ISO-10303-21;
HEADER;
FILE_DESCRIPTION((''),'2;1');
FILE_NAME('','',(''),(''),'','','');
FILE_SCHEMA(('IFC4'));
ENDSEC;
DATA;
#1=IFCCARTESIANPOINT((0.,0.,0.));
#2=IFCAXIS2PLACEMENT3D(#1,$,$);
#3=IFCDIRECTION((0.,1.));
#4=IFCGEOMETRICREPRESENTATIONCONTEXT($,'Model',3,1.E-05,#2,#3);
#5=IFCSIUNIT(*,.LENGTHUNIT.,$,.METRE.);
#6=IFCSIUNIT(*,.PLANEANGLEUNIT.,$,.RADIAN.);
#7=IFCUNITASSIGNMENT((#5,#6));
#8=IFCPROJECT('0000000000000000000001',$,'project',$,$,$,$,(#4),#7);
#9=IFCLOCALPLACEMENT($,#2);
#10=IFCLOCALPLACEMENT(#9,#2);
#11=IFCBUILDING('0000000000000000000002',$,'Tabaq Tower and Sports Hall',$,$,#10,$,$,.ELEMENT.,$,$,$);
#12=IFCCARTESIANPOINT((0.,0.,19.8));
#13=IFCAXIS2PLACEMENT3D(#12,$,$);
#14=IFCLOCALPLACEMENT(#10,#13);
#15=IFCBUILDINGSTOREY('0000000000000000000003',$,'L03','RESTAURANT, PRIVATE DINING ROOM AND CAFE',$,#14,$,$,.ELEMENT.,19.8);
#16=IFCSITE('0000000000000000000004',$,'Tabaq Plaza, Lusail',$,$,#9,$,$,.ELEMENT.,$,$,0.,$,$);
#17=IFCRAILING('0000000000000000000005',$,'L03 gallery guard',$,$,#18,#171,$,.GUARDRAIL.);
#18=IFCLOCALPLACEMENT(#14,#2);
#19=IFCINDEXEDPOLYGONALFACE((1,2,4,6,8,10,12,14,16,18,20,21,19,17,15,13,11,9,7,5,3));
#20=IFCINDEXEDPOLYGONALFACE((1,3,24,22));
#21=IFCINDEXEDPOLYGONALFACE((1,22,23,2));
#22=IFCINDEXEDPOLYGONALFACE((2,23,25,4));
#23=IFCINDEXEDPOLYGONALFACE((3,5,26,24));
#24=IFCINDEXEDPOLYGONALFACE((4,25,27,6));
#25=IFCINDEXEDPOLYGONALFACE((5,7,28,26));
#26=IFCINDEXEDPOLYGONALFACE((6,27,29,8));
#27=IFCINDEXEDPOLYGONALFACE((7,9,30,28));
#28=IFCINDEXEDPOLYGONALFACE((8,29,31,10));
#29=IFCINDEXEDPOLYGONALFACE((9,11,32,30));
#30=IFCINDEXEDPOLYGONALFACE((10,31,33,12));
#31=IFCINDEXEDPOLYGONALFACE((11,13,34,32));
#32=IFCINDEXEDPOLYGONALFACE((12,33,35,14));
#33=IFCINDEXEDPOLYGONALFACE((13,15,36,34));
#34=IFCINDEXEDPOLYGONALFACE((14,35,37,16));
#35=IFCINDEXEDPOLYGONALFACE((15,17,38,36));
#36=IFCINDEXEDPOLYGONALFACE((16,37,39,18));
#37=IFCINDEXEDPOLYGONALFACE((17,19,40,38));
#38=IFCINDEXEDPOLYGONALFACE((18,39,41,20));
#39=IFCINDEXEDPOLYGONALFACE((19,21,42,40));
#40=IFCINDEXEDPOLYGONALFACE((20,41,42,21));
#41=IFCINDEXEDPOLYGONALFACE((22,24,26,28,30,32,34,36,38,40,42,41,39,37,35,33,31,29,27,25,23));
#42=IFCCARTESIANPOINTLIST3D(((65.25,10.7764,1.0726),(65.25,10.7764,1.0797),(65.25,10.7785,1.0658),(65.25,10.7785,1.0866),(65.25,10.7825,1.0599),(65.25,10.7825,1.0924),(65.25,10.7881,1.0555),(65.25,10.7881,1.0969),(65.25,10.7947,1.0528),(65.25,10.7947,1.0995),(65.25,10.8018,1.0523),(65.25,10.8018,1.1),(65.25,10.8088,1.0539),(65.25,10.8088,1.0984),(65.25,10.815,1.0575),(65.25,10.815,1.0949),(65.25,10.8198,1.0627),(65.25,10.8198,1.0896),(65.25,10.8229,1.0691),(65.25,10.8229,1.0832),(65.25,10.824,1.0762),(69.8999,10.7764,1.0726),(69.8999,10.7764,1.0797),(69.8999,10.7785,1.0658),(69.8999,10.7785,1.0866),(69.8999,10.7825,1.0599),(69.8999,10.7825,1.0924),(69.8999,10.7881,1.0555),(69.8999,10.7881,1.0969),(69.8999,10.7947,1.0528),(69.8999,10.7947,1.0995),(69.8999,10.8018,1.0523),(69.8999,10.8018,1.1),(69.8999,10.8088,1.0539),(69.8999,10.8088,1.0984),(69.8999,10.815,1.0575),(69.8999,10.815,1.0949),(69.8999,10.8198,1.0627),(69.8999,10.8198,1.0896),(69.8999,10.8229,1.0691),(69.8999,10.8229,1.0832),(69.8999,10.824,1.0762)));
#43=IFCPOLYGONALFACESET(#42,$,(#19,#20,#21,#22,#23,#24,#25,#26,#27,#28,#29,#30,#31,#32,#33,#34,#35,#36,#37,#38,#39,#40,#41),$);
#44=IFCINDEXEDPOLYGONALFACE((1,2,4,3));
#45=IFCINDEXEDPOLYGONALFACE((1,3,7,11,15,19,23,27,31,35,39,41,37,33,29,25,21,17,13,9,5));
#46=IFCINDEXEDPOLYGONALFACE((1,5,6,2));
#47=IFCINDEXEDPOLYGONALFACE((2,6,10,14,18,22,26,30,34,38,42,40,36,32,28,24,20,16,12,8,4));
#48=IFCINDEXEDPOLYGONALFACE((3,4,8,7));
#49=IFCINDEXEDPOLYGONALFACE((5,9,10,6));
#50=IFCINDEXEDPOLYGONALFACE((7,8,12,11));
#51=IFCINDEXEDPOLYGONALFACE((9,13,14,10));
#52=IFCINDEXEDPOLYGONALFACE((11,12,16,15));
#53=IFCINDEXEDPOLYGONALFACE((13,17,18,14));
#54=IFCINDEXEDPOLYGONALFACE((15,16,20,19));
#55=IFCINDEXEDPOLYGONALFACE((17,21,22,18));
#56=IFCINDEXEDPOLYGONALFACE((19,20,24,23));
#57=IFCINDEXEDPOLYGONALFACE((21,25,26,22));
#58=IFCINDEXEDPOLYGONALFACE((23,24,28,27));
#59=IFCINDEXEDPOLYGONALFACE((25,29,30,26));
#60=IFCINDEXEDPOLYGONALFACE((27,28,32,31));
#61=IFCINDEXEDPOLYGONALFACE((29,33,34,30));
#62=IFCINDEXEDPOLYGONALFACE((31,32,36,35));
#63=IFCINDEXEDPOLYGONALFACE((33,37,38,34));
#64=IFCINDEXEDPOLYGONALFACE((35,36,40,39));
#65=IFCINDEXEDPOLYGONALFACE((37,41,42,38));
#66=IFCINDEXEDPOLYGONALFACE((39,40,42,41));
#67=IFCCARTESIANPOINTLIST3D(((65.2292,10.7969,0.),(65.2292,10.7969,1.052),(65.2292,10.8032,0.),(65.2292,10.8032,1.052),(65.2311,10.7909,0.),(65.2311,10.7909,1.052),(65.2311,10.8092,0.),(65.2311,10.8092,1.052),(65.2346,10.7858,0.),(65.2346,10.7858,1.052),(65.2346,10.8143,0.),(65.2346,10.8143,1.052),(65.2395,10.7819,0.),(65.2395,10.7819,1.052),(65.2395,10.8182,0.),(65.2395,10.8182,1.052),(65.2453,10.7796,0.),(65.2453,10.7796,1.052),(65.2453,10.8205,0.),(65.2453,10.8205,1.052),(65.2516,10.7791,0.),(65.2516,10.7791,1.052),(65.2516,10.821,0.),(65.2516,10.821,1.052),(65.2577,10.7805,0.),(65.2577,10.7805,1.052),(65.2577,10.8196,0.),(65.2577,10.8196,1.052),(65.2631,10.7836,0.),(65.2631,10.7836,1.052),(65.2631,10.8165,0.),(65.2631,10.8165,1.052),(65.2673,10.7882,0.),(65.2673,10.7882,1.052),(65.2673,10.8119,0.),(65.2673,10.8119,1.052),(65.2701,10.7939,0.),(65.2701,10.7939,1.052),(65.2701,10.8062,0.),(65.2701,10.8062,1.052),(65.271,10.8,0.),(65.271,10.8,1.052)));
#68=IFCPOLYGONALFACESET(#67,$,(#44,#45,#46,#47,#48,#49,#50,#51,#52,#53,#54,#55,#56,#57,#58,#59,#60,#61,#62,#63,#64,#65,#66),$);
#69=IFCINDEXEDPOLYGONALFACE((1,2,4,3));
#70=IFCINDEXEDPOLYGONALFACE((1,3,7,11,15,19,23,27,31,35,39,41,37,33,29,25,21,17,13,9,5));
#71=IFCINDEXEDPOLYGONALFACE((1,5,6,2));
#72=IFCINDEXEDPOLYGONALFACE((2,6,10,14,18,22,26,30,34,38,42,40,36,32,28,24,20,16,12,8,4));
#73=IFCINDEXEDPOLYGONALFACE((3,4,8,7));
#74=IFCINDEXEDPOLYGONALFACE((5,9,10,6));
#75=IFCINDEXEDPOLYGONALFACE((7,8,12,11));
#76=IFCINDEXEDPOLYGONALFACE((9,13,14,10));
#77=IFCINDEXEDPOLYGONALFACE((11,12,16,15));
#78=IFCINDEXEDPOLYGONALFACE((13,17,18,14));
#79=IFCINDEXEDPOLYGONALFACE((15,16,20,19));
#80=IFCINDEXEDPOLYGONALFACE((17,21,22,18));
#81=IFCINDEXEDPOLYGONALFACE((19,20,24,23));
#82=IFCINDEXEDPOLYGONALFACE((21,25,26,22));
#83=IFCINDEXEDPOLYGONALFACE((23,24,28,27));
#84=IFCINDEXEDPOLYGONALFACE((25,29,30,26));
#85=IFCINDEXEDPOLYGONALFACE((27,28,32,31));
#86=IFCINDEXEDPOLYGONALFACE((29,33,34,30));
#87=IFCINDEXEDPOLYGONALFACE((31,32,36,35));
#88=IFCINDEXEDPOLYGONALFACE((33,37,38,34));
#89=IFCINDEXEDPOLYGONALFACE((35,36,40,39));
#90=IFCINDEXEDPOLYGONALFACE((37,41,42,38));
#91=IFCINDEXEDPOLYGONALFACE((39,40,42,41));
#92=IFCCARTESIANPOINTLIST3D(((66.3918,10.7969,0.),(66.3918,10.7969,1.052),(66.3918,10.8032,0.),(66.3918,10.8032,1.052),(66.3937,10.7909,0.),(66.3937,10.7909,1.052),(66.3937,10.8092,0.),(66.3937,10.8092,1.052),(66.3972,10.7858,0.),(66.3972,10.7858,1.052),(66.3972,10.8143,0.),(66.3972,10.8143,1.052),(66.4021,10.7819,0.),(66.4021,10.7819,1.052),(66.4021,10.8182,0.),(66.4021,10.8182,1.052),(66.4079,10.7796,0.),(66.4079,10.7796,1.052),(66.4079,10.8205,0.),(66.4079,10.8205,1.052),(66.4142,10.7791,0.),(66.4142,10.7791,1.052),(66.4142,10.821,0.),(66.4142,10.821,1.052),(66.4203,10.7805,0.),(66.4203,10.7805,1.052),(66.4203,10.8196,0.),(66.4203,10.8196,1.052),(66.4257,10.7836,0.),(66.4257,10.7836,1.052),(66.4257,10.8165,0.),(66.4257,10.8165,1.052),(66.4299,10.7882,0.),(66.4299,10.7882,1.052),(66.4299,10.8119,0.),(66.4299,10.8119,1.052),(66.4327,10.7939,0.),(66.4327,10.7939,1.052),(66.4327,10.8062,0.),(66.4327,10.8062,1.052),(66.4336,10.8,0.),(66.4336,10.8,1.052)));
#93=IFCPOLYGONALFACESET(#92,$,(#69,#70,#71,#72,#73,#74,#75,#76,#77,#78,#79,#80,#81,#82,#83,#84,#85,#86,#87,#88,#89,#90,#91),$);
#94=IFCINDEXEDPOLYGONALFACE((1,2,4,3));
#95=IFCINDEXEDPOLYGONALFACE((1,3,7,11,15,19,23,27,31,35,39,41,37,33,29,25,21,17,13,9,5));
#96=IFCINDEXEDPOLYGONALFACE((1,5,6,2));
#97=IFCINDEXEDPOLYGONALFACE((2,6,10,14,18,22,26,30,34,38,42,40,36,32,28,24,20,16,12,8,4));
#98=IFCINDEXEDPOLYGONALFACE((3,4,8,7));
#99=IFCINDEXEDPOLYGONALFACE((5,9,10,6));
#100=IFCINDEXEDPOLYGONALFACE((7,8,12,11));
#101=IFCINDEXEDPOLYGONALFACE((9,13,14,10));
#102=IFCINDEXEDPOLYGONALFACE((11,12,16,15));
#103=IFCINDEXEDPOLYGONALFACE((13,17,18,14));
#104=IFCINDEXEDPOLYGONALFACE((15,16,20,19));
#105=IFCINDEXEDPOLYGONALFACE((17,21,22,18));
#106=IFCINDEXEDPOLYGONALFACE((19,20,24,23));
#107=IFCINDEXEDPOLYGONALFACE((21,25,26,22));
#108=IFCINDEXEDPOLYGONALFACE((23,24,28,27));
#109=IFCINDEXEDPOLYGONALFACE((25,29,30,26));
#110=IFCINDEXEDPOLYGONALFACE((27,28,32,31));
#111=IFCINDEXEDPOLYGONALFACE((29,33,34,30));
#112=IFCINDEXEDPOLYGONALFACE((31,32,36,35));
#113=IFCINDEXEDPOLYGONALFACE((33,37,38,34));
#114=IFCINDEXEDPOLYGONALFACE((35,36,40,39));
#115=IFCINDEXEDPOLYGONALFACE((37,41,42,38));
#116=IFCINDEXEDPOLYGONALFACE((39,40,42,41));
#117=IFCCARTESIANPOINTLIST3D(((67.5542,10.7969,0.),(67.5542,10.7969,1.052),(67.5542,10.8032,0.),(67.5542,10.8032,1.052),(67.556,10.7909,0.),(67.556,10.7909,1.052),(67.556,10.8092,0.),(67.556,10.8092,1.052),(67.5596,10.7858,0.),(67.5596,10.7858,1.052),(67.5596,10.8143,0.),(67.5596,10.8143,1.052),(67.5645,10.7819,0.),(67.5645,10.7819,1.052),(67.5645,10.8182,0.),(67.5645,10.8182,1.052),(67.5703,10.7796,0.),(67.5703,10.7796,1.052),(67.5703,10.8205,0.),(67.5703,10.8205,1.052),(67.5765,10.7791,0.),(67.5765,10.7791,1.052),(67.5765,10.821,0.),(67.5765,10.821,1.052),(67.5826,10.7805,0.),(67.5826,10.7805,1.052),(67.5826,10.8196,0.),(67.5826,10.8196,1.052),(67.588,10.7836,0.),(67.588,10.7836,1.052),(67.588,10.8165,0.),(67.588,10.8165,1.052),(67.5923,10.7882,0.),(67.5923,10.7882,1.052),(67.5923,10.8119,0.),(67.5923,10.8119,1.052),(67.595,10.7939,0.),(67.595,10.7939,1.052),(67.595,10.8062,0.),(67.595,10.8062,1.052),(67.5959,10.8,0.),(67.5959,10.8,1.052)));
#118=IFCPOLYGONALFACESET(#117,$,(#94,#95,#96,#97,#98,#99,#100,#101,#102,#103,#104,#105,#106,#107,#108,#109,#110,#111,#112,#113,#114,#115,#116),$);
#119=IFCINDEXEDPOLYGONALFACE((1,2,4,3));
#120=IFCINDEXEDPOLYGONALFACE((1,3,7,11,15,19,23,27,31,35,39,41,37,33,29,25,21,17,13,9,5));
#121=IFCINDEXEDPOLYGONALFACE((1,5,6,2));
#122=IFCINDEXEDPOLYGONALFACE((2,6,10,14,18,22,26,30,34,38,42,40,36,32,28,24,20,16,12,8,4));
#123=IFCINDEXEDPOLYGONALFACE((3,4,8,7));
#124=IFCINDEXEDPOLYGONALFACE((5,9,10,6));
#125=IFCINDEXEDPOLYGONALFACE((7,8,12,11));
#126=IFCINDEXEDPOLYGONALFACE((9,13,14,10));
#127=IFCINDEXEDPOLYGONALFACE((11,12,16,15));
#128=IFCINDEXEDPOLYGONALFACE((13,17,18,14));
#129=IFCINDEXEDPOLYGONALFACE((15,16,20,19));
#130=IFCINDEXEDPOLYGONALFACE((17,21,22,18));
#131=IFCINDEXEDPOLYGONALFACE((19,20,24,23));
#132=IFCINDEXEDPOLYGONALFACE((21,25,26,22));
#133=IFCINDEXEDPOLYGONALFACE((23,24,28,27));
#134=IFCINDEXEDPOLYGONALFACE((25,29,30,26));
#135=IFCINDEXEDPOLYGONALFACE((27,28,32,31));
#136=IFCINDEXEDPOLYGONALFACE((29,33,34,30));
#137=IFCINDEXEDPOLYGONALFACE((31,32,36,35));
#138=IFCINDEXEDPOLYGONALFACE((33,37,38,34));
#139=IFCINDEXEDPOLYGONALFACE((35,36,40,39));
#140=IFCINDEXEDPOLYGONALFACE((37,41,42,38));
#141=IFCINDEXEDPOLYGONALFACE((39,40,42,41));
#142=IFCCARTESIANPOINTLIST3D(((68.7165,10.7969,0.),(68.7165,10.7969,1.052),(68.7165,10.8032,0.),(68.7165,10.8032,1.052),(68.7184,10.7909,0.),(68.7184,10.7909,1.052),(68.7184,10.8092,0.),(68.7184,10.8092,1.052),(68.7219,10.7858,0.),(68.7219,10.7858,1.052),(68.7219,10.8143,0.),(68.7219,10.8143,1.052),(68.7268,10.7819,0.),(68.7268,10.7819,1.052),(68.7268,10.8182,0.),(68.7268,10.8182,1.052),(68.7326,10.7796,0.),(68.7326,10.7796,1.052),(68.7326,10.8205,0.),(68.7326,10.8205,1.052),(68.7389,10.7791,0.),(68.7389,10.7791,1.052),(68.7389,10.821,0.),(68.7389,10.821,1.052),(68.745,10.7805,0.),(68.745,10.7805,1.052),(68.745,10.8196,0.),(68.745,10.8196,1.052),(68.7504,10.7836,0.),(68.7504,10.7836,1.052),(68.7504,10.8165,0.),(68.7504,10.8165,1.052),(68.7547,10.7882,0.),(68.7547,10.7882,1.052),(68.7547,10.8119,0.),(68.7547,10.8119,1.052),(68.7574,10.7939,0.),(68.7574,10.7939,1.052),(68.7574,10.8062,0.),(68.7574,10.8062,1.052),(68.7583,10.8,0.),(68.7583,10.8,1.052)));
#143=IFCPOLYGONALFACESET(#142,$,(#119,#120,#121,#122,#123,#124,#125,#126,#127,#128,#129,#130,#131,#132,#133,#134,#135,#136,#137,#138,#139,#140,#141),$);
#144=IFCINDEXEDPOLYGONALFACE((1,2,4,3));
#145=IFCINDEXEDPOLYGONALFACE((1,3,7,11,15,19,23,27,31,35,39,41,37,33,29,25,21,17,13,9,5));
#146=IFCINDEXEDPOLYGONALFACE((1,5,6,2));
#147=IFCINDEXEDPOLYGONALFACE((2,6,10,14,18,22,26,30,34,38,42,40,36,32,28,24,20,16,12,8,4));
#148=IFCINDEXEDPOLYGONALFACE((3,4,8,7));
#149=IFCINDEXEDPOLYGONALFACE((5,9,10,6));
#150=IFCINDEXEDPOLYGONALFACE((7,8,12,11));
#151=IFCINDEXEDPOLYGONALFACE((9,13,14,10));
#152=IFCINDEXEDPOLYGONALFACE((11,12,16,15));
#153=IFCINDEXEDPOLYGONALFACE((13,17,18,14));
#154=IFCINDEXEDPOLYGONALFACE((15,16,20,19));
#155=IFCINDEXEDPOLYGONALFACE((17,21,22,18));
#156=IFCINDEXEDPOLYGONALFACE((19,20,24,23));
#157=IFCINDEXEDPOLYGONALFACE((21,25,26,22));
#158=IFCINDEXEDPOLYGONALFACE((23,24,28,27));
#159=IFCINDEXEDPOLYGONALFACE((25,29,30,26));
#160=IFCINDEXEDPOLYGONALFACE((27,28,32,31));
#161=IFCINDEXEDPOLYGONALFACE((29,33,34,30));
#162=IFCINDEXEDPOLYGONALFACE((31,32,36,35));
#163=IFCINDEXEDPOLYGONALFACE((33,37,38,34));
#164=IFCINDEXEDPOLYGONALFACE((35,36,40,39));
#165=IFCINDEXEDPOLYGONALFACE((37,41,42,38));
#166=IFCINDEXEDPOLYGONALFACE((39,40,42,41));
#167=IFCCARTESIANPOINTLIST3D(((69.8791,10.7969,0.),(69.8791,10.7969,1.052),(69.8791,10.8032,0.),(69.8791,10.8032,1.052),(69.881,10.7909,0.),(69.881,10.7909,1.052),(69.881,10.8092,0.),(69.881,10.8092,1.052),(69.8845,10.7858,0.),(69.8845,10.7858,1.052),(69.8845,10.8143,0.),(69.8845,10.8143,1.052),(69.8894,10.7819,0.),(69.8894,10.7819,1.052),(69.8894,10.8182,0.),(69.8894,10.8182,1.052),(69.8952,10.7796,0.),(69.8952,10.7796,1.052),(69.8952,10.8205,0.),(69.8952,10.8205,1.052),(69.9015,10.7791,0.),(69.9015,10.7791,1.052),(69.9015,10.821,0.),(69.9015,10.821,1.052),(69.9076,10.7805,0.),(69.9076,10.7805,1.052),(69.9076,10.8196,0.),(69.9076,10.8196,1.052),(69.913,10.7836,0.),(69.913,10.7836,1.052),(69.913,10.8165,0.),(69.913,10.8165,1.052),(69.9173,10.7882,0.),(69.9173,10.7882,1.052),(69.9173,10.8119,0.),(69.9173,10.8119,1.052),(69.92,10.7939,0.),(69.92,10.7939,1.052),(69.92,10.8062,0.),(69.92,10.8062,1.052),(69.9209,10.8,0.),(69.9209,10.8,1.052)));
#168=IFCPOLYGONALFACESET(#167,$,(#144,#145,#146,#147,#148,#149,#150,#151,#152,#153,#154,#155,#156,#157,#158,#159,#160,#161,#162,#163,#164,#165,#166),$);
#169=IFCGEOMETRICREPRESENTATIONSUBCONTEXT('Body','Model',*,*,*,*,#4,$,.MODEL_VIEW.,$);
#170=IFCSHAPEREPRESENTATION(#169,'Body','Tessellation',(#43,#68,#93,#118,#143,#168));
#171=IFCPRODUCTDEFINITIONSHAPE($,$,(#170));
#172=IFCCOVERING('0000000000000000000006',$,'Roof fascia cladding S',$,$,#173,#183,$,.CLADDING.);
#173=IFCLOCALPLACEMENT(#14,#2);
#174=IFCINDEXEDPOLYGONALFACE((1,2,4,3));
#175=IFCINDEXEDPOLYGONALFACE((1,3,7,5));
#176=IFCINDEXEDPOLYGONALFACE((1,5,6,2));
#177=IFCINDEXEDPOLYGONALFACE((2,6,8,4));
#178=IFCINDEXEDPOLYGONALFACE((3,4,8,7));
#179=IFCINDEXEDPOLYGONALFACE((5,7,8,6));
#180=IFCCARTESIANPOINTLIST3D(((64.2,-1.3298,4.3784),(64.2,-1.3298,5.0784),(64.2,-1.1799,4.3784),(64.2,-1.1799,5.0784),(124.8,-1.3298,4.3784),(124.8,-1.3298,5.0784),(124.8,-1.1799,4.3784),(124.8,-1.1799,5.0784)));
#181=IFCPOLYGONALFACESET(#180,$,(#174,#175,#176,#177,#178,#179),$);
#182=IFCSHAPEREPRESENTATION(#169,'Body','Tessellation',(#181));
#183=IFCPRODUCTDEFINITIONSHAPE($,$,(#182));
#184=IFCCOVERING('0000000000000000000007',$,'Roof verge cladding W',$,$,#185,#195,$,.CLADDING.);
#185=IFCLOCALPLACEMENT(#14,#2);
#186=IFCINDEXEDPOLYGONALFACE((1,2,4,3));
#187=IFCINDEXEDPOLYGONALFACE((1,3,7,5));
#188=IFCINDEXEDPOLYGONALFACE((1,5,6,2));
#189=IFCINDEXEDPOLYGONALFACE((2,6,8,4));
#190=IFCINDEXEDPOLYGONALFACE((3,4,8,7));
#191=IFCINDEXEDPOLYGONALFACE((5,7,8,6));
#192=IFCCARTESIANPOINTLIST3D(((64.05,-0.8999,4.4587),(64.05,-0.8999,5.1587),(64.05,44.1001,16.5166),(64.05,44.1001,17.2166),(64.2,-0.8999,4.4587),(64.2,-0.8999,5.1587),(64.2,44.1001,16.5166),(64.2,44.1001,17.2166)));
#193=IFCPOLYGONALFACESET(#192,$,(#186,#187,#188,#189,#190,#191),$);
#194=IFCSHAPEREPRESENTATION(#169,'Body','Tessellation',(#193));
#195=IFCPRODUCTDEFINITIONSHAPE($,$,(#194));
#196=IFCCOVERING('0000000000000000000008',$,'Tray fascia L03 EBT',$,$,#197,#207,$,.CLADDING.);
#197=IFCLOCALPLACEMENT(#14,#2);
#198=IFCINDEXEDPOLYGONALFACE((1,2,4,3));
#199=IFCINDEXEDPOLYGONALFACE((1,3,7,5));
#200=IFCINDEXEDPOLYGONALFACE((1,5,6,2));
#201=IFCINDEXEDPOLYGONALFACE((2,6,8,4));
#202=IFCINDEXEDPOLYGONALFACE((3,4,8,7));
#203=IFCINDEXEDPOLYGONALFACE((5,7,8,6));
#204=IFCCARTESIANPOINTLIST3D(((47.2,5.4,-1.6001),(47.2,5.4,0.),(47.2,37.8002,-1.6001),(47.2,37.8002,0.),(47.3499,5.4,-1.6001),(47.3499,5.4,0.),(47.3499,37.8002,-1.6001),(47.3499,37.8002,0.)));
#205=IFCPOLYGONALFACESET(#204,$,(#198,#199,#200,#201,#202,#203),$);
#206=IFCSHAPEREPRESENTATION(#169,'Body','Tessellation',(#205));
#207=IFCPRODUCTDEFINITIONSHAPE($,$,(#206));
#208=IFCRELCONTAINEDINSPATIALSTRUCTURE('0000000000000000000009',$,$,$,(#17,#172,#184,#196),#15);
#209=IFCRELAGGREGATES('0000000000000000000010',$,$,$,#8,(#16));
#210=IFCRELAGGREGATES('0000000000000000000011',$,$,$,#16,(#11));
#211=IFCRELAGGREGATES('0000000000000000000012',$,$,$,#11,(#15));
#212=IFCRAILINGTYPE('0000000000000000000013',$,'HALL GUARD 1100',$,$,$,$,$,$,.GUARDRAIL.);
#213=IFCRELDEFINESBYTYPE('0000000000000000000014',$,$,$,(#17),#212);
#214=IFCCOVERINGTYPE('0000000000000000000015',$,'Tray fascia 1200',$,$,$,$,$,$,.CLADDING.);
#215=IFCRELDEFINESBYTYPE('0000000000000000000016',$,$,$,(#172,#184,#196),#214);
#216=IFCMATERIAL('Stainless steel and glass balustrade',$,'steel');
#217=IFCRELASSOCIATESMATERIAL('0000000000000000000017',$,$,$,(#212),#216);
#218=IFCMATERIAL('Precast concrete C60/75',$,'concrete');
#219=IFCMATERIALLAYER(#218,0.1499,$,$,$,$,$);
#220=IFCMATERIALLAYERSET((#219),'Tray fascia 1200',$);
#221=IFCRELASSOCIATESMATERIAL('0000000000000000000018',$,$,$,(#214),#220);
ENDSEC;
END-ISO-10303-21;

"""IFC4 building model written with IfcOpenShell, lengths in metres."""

from ifc_helpers import new_model, si_unit, direction, frame, frame_2d, origin, origin_2d, place, context, subcontext, project, spatial, polyline, rectangle, circle, outline, extrude, material, layer, layer_set, type_object, element, save


model = new_model("IFC4")

# Units and contexts
model_context = context("Model", 3, precision=1e-05, world=origin(), true_north=direction((0.0, 1.0)))
body_context = subcontext(model_context, "Body", "Model", "MODEL_VIEW")
ifc_project = project(units=[si_unit("LENGTHUNIT", "METRE"), si_unit("PLANEANGLEUNIT", "RADIAN")], contexts=[model_context])

# Site, building, storey
site_placement = place(None, origin())
site = spatial("IfcSite", under=ifc_project, at=site_placement, Name="Tabaq Plaza, Lusail", CompositionType="ELEMENT", RefElevation=0.0)
building_placement = place(site_placement, origin())
building = spatial("IfcBuilding", under=site, at=building_placement, Name="Tabaq Tower and Sports Hall", CompositionType="ELEMENT")
storey_placement = place(building_placement, frame((0.0, 0.0, 19.8)))
storey = spatial("IfcBuildingStorey", under=building, at=storey_placement, Name="L03", Description="RESTAURANT, PRIVATE DINING ROOM AND CAFE", CompositionType="ELEMENT", Elevation=19.8)

# Railing
ifc_material_1 = material(Name="Stainless steel and glass balustrade", Category="steel")
railing_type = type_object("IfcRailingType", Name="HALL GUARD 1100", PredefinedType="GUARDRAIL", material=ifc_material_1)
railing_placement = place(storey_placement, frame((65.25, 10.8, 0.0)))
element("IfcRailing", 1, at=railing_placement, inside=storey, type_object=railing_type, Name="L03 gallery guard", PredefinedType="GUARDRAIL", context=body_context, shape_type="SweptSolid", body=[
    extrude(circle(Radius=0.0239, at=origin_2d()), frame((0.0, 0.0, 1.0762), z_axis=(1.0, 0.0, 0.0), x_axis=(0.0, 1.0, 0.0)), (0.0, 0.0, 1.0), 4.6499),
    extrude(circle(Radius=0.021, at=origin_2d()), origin(), (0.0, 0.0, 1.0), 1.052),
    extrude(circle(Radius=0.021, at=origin_2d()), frame((1.1626, 0.0, 0.0)), (0.0, 0.0, 1.0), 1.052),
    extrude(circle(Radius=0.021, at=origin_2d()), frame((2.325, 0.0, 0.0)), (0.0, 0.0, 1.0), 1.052),
    extrude(circle(Radius=0.021, at=origin_2d()), frame((3.4873, 0.0, 0.0)), (0.0, 0.0, 1.0), 1.052),
    extrude(circle(Radius=0.021, at=origin_2d()), frame((4.6499, 0.0, 0.0)), (0.0, 0.0, 1.0), 1.052),
])

# Coverings
ifc_material_2 = material(Name="Precast concrete C60/75", Category="concrete")
ifc_layer_1 = layer(ifc_material_2, 0.1499)
ifc_layer_set_1 = layer_set([ifc_layer_1], Name="Tray fascia 1200")
covering_type_1 = type_object("IfcCoveringType", Name="Tray fascia 1200", PredefinedType="CLADDING", material=ifc_layer_set_1)
covering_1_placement = place(storey_placement, frame((64.2, -1.2549, 4.3784), z_axis=(0.0, 0.0, 1.0), x_axis=(1.0, 0.0, 0.0)))
element("IfcCovering", 2, at=covering_1_placement, inside=storey, type_object=covering_type_1, Name="Roof fascia cladding S", PredefinedType="CLADDING", context=body_context, shape_type="SweptSolid", body=[
    extrude(rectangle(XDim=60.6001, YDim=0.1499, at=frame_2d((30.3, 0.0))), origin(), (0.0, 0.0, 1.0), 0.7),
])
covering_2_placement = place(storey_placement, frame((64.05, -0.8999, 5.1587), z_axis=(-1.0, 0.0, 0.0), x_axis=(0.0, 0.965925, 0.258822)))
element("IfcCovering", 3, at=covering_2_placement, inside=storey, type_object=covering_type_1, Name="Roof verge cladding W", PredefinedType="CLADDING", context=body_context, shape_type="SweptSolid", body=[
    extrude(outline(polyline([(0.0, 0.0), (46.5875, 0.0), (46.4063, 0.6761), (-0.1812, 0.6761), (0.0, 0.0)])), origin(), (0.0, 0.0, -1.0), 0.1499),
])
covering_3_placement = place(storey_placement, frame((47.2749, 5.3999, -1.6001), z_axis=(0.0, 0.0, 1.0), x_axis=(0.0, 1.0, 0.0)))
element("IfcCovering", 4, at=covering_3_placement, inside=storey, type_object=covering_type_1, Name="Tray fascia L03 EBT", PredefinedType="CLADDING", context=body_context, shape_type="SweptSolid", body=[
    extrude(rectangle(XDim=32.4001, YDim=0.1499, at=frame_2d((16.2002, 0.0))), origin(), (0.0, 0.0, 1.0), 1.6001),
])

save(model, "model.ifc")
